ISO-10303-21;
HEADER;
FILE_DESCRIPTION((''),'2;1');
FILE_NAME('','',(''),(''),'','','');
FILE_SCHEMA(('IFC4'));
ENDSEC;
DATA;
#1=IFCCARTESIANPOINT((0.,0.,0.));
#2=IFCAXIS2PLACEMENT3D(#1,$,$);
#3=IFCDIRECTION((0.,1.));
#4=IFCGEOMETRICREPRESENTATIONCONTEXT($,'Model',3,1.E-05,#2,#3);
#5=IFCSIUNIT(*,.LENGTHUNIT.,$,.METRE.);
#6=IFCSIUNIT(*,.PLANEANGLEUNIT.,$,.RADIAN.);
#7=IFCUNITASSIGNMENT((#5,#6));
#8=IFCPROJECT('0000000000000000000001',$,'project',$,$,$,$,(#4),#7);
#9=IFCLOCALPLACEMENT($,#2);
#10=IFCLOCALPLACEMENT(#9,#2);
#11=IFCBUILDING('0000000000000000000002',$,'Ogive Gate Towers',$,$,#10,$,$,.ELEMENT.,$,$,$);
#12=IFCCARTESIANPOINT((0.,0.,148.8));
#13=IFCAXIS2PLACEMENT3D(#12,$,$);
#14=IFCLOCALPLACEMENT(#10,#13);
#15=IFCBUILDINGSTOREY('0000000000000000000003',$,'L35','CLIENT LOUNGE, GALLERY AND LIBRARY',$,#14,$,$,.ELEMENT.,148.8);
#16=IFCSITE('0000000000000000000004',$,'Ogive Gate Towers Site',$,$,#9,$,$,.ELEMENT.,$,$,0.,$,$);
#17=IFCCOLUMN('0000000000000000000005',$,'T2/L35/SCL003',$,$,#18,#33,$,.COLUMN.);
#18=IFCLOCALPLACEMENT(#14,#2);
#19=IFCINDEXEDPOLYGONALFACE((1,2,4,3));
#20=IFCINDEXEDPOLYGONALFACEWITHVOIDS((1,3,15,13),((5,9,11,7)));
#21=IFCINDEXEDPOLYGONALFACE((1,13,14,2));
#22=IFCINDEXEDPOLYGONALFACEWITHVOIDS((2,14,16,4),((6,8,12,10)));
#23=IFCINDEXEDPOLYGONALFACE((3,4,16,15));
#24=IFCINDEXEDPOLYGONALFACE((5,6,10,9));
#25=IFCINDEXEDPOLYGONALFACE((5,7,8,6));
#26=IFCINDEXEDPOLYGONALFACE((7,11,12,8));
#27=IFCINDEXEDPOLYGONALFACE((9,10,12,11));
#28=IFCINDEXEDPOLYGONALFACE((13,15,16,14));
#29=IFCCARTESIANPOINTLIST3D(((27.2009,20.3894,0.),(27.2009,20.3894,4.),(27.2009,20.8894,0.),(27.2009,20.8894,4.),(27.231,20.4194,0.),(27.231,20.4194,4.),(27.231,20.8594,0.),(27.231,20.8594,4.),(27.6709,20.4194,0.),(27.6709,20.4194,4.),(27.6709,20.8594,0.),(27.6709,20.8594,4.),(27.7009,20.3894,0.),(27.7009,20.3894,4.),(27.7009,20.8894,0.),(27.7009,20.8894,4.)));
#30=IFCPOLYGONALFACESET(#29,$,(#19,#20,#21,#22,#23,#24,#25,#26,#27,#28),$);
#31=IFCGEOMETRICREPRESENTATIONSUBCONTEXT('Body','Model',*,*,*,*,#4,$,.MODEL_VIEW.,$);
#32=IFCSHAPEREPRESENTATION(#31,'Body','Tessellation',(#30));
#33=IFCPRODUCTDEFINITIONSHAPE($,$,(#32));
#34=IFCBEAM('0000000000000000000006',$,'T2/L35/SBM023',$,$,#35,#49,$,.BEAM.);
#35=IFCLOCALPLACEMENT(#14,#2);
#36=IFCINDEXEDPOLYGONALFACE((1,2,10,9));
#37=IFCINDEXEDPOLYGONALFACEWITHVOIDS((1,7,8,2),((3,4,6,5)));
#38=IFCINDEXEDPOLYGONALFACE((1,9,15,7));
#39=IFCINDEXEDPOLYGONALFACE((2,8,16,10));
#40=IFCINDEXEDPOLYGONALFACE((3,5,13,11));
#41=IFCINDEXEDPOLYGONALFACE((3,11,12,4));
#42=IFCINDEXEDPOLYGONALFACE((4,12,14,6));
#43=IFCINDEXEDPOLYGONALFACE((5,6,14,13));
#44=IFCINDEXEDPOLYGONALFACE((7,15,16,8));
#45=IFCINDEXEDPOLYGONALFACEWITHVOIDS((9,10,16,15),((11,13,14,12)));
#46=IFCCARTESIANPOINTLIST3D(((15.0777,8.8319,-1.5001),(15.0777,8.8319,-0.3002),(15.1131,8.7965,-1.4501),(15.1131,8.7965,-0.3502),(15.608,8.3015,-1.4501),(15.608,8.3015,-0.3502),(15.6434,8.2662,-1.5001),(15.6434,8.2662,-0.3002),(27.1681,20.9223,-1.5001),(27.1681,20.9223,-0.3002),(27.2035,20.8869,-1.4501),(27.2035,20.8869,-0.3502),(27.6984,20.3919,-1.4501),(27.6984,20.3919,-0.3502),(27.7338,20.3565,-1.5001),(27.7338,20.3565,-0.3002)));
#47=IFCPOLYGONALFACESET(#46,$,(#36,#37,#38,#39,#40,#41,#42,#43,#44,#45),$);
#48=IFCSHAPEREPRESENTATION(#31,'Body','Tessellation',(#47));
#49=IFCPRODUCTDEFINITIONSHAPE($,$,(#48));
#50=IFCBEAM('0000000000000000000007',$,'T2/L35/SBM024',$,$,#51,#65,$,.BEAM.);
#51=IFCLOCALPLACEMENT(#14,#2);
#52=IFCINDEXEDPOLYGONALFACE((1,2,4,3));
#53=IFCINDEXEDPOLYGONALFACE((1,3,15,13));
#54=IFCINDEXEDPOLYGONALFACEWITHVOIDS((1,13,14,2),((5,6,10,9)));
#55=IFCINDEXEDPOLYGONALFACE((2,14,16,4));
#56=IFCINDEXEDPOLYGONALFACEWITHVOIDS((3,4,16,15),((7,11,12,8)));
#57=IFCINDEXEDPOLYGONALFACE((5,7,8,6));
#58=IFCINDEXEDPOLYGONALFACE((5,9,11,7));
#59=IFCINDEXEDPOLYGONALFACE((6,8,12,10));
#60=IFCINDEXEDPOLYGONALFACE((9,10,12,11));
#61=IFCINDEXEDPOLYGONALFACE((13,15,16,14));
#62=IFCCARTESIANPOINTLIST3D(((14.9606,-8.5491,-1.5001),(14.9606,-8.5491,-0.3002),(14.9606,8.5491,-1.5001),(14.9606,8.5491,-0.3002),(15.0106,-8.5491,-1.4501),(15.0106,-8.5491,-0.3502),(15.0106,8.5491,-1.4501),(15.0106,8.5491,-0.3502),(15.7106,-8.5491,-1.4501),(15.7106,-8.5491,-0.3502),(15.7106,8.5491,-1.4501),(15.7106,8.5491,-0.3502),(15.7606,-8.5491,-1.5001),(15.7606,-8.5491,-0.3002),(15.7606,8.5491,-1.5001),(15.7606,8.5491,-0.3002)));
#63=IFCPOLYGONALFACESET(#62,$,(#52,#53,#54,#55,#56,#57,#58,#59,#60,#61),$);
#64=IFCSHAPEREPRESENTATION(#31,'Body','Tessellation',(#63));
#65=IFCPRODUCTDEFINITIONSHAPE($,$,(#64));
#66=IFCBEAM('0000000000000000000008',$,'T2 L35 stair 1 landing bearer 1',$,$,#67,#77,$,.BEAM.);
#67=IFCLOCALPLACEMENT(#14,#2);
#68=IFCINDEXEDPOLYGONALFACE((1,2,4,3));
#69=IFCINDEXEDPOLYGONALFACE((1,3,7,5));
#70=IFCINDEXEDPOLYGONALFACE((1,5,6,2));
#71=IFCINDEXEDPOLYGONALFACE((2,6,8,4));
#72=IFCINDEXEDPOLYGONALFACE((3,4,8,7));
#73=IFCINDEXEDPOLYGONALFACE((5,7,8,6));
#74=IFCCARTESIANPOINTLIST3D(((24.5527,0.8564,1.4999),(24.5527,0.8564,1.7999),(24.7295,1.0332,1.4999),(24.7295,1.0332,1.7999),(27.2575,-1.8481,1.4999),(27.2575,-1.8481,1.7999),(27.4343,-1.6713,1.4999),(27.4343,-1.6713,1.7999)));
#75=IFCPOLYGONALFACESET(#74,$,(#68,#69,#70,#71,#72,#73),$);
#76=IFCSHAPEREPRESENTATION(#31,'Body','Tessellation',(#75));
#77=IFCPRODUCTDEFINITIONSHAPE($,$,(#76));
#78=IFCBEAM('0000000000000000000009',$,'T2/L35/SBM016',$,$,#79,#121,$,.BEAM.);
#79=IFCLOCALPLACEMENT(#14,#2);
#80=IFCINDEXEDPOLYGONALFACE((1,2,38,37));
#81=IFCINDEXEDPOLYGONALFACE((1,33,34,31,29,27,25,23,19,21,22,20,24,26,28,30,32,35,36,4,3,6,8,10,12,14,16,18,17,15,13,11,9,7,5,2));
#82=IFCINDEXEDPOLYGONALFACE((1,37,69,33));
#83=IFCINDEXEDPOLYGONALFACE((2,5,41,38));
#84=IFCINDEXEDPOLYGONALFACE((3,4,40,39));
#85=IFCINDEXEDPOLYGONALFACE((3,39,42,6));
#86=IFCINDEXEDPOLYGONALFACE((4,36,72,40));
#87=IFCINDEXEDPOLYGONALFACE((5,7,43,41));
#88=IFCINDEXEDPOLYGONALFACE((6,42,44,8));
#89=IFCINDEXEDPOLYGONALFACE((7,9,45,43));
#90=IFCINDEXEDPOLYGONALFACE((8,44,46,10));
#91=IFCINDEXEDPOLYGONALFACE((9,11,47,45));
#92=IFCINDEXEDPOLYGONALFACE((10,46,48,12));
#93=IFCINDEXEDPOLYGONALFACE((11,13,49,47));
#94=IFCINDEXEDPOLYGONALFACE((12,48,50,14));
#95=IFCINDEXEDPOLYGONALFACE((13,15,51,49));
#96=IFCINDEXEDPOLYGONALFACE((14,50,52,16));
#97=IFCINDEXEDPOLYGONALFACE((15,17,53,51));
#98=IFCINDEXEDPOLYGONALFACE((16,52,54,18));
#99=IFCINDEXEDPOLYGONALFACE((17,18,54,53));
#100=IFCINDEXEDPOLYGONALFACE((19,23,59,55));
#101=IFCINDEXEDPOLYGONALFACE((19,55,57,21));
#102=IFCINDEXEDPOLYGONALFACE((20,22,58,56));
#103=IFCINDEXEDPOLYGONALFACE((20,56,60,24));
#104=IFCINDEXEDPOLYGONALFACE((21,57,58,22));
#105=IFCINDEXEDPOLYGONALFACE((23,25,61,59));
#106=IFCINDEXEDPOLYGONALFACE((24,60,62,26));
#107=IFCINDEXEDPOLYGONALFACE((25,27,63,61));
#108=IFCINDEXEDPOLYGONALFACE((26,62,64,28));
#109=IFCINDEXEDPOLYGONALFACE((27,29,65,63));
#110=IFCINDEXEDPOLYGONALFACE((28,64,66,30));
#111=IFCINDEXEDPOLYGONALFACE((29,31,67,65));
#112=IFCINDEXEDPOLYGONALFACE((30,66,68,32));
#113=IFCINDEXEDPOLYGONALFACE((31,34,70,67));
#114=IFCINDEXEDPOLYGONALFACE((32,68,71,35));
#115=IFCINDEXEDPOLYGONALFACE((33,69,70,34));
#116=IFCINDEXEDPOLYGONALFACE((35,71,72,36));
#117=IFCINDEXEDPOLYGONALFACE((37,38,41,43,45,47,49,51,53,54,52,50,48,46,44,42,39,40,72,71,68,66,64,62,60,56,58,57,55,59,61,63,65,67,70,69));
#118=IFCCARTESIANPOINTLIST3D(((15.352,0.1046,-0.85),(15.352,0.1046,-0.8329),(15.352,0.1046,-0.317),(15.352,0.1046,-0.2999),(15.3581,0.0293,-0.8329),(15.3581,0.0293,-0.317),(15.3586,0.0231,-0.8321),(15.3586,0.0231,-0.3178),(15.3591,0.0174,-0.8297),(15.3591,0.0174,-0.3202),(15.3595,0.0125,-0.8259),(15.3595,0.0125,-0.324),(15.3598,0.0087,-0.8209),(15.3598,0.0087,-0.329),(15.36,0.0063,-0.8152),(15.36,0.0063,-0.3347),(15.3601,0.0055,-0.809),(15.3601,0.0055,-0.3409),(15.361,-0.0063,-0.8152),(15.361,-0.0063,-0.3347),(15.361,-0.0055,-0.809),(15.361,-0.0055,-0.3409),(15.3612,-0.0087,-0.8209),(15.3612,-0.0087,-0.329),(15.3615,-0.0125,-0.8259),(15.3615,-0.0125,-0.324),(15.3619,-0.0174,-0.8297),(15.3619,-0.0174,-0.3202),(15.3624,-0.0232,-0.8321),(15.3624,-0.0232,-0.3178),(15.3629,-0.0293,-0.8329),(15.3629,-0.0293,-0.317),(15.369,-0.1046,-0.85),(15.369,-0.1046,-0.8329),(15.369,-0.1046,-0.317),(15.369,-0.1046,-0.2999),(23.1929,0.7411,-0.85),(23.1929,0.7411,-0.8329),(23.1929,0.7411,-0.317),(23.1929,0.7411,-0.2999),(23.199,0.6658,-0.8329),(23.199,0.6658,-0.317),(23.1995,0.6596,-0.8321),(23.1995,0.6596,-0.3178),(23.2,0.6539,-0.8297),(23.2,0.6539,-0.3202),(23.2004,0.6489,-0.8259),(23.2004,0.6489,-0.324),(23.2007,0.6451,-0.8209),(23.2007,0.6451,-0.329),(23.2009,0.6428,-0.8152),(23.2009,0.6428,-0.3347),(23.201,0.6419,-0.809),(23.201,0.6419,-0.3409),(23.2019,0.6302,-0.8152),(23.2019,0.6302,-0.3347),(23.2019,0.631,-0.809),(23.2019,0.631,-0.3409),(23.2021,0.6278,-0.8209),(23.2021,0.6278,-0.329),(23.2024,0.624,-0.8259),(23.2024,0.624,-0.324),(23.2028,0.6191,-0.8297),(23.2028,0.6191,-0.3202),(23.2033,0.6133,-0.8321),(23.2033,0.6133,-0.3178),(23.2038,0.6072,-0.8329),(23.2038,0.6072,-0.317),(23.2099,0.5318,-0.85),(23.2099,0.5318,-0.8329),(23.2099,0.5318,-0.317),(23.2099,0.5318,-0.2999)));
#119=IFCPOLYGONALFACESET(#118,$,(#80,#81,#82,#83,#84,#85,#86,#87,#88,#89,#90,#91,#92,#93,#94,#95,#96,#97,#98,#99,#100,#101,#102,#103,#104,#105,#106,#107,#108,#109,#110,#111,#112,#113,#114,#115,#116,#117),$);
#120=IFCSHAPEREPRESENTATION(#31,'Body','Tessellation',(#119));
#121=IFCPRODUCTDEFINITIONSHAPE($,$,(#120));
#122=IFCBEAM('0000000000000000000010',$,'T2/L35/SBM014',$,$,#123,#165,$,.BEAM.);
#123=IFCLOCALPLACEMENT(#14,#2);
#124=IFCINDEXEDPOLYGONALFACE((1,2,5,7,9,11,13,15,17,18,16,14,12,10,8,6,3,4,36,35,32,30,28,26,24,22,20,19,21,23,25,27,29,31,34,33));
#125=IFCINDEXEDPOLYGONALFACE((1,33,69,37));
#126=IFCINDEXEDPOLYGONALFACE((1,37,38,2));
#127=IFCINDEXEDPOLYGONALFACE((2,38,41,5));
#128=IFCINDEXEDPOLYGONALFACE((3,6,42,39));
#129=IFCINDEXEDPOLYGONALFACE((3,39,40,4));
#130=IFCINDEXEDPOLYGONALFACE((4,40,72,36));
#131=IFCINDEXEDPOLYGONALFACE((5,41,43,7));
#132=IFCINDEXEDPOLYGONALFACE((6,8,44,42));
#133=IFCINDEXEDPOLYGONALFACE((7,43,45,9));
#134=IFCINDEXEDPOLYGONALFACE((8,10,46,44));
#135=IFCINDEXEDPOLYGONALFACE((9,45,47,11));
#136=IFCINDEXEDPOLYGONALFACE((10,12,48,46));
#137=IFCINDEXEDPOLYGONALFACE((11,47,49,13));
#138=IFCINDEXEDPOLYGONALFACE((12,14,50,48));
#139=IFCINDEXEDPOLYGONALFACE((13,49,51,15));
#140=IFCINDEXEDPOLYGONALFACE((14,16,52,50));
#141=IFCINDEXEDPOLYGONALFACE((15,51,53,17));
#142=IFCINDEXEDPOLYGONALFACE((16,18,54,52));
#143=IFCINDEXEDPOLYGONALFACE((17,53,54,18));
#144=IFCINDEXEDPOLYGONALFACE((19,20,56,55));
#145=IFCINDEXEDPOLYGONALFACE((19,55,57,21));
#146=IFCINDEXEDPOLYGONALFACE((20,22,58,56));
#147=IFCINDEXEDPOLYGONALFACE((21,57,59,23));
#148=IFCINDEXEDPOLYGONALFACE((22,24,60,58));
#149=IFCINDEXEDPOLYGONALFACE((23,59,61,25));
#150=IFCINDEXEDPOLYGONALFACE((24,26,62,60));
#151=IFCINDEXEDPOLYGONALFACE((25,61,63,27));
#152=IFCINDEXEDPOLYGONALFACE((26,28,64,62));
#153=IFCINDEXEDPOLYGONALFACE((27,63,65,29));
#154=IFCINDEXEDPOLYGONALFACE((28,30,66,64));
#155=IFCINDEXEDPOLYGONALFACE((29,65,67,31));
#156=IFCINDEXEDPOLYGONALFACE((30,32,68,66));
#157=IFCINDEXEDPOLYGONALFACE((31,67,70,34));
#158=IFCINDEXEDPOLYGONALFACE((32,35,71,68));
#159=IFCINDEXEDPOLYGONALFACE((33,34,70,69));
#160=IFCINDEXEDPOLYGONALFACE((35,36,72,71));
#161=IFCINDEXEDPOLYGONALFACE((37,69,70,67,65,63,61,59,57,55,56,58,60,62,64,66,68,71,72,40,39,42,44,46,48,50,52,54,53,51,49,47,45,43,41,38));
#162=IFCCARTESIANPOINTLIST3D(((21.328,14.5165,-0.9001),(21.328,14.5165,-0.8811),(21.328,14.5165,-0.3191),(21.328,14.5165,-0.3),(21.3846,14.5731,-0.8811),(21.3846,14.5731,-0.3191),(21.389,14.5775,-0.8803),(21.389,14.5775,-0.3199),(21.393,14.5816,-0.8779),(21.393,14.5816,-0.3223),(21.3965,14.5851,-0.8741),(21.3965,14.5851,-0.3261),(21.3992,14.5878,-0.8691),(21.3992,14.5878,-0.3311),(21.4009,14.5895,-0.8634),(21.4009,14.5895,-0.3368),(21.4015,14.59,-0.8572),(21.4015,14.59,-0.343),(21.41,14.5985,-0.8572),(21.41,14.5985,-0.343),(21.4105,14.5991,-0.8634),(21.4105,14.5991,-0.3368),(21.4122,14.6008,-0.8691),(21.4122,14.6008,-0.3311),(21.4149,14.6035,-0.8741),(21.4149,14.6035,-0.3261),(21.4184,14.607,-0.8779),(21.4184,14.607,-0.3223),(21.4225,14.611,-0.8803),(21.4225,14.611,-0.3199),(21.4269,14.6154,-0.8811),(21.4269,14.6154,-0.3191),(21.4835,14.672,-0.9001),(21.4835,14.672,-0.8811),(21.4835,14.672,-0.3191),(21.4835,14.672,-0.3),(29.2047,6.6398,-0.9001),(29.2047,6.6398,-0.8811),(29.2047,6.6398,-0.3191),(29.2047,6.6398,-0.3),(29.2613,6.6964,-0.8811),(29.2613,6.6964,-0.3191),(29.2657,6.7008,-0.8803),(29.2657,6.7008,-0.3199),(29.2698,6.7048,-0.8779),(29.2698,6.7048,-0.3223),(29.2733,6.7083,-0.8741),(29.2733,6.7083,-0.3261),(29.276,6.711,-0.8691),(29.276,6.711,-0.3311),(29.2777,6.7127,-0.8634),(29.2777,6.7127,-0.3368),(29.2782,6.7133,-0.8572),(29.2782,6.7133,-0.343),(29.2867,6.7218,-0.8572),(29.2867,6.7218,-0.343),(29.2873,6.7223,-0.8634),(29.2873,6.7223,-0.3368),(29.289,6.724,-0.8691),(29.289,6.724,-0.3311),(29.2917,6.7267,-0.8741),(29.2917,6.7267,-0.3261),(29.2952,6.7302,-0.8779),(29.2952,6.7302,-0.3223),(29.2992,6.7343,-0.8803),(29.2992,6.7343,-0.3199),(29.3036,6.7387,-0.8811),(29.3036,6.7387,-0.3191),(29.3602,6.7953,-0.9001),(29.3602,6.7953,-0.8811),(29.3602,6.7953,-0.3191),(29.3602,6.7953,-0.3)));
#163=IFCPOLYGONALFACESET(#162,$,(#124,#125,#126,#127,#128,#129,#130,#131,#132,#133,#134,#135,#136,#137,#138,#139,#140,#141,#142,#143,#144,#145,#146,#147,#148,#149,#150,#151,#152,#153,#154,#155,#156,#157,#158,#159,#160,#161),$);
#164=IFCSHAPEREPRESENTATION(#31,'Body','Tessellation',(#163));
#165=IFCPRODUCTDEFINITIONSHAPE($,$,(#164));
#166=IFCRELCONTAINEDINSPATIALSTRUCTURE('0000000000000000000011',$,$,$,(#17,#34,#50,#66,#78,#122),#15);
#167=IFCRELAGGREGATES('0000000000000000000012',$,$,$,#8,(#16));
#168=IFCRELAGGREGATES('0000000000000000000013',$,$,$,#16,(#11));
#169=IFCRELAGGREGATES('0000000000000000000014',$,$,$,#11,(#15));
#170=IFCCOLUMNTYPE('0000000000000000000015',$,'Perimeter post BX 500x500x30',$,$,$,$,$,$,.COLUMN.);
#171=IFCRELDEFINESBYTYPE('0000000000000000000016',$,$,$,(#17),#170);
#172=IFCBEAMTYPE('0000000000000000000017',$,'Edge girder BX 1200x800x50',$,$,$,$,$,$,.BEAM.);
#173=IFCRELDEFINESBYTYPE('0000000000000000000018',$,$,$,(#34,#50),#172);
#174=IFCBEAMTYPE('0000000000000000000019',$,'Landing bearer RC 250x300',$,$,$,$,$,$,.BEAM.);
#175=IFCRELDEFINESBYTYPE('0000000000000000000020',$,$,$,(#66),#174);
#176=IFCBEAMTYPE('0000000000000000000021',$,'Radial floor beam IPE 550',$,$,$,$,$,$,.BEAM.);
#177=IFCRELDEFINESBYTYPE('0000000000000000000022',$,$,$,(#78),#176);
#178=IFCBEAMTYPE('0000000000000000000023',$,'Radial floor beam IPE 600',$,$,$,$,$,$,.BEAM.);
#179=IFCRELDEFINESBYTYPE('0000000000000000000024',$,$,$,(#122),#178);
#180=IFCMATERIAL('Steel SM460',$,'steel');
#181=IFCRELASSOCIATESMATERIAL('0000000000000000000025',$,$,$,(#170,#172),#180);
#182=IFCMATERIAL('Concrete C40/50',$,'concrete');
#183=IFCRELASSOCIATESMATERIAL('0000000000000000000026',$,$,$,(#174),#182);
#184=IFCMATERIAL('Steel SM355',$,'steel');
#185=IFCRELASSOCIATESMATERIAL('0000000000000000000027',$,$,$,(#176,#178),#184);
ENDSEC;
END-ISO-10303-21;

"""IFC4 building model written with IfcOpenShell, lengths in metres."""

from ifc_helpers import new_model, si_unit, direction, frame, origin, origin_2d, place, context, subcontext, project, spatial, rectangle, hollow_rectangle, i_section, extrude, material, material_profile, profile_set, type_object, element, save


model = new_model("IFC4")

# Units and contexts
model_context = context("Model", 3, precision=1e-05, world=origin(), true_north=direction((0.0, 1.0)))
body_context = subcontext(model_context, "Body", "Model", "MODEL_VIEW")
ifc_project = project(units=[si_unit("LENGTHUNIT", "METRE"), si_unit("PLANEANGLEUNIT", "RADIAN")], contexts=[model_context])

# Site, building, storey
site_placement = place(None, origin())
site = spatial("IfcSite", under=ifc_project, at=site_placement, Name="Ogive Gate Towers Site", CompositionType="ELEMENT", RefElevation=0.0)
building_placement = place(site_placement, origin())
building = spatial("IfcBuilding", under=site, at=building_placement, Name="Ogive Gate Towers", CompositionType="ELEMENT")
storey_placement = place(building_placement, frame((0.0, 0.0, 148.8)))
storey = spatial("IfcBuildingStorey", under=building, at=storey_placement, Name="L35", Description="CLIENT LOUNGE, GALLERY AND LIBRARY", CompositionType="ELEMENT", Elevation=148.8)

# Column
ifc_material_1 = material(Name="Steel SM460", Category="steel")
ifc_material_profile_1 = material_profile(ifc_material_1, hollow_rectangle(XDim=0.5, YDim=0.5, WallThickness=0.03, at=origin_2d()), Name="BX 500x500x30")
ifc_profile_set_1 = profile_set([ifc_material_profile_1], Name="Steel SM460")
column_type = type_object("IfcColumnType", Name="Perimeter post BX 500x500x30", PredefinedType="COLUMN", material=ifc_profile_set_1)
column_placement = place(storey_placement, frame((27.4509, 20.6394, 0.0), z_axis=(0.0, 0.0, 1.0), x_axis=(1.0, 0.0, 0.0)))
element("IfcColumn", 1, at=column_placement, inside=storey, type_object=column_type, Name="T2/L35/SCL003", PredefinedType="COLUMN", context=body_context, shape_type="SweptSolid", body=[
    extrude(hollow_rectangle(XDim=0.5, YDim=0.5, WallThickness=0.03, at=origin_2d()), origin(), (0.0, 0.0, 1.0), 4.0),
])

# Beams
ifc_material_profile_2 = material_profile(ifc_material_1, hollow_rectangle(XDim=0.8, YDim=1.2, WallThickness=0.05, at=origin_2d()), Name="BX 1200x800x50")
ifc_profile_set_2 = profile_set([ifc_material_profile_2], Name="Steel SM460")
beam_type_1 = type_object("IfcBeamType", Name="Edge girder BX 1200x800x50", PredefinedType="BEAM", material=ifc_profile_set_2)
beam_1_placement = place(storey_placement, frame((27.4509, 20.6394, -0.9001), z_axis=(-0.707107, -0.707107, 0.0), x_axis=(0.707107, -0.707107, 0.0)))
element("IfcBeam", 2, at=beam_1_placement, inside=storey, type_object=beam_type_1, Name="T2/L35/SBM023", PredefinedType="BEAM", context=body_context, shape_type="SweptSolid", body=[
    extrude(hollow_rectangle(XDim=0.8, YDim=1.2, WallThickness=0.05, at=origin_2d()), origin(), (0.0, 0.0, 1.0), 17.0984),
])
beam_2_placement = place(storey_placement, frame((15.3606, 8.5491, -0.9001), z_axis=(0.0, -1.0, 0.0), x_axis=(1.0, 0.0, 0.0)))
element("IfcBeam", 3, at=beam_2_placement, inside=storey, type_object=beam_type_1, Name="T2/L35/SBM024", PredefinedType="BEAM", context=body_context, shape_type="SweptSolid", body=[
    extrude(hollow_rectangle(XDim=0.8, YDim=1.2, WallThickness=0.05, at=origin_2d()), origin(), (0.0, 0.0, 1.0), 17.0981),
])
ifc_material_2 = material(Name="Concrete C40/50", Category="concrete")
ifc_material_profile_3 = material_profile(ifc_material_2, rectangle(XDim=0.25, YDim=0.3, at=origin_2d()), Name="RC 250x300")
ifc_profile_set_3 = profile_set([ifc_material_profile_3], Name="Concrete C40/50")
beam_type_2 = type_object("IfcBeamType", Name="Landing bearer RC 250x300", PredefinedType="BEAM", material=ifc_profile_set_3)
beam_3_placement = place(storey_placement, frame((24.6411, 0.9448, 1.6499), z_axis=(0.707139, -0.707075, 0.0), x_axis=(0.707075, 0.707139, 0.0)))
element("IfcBeam", 4, at=beam_3_placement, inside=storey, type_object=beam_type_2, Name="T2 L35 stair 1 landing bearer 1", PredefinedType="BEAM", context=body_context, shape_type="SweptSolid", body=[
    extrude(rectangle(XDim=0.25, YDim=0.3, at=origin_2d()), origin(), (0.0, 0.0, 1.0), 3.825),
])
ifc_material_3 = material(Name="Steel SM355", Category="steel")
ifc_material_profile_4 = material_profile(ifc_material_3, i_section(OverallWidth=0.21, OverallDepth=0.55, WebThickness=0.011, FlangeThickness=0.0171, FilletRadius=0.0239, at=origin_2d()), Name="IPE 550")
ifc_profile_set_4 = profile_set([ifc_material_profile_4], Name="Steel SM355")
beam_type_3 = type_object("IfcBeamType", Name="Radial floor beam IPE 550", PredefinedType="BEAM", material=ifc_profile_set_4)
beam_4_placement = place(storey_placement, frame((23.2014, 0.6365, -0.575), z_axis=(-0.996722, -0.080908, 0.0), x_axis=(0.080908, -0.996722, 0.0)))
element("IfcBeam", 5, at=beam_4_placement, inside=storey, type_object=beam_type_3, Name="T2/L35/SBM016", PredefinedType="BEAM", context=body_context, shape_type="SweptSolid", body=[
    extrude(i_section(OverallWidth=0.21, OverallDepth=0.55, WebThickness=0.011, FlangeThickness=0.0171, FilletRadius=0.0239, at=origin_2d()), origin(), (0.0, 0.0, 1.0), 7.8667),
])
ifc_material_profile_5 = material_profile(ifc_material_3, i_section(OverallWidth=0.22, OverallDepth=0.6001, WebThickness=0.012, FlangeThickness=0.019, FilletRadius=0.0239, at=origin_2d()), Name="IPE 600")
ifc_profile_set_5 = profile_set([ifc_material_profile_5], Name="Steel SM355")
beam_type_4 = type_object("IfcBeamType", Name="Radial floor beam IPE 600", PredefinedType="BEAM", material=ifc_profile_set_5)
beam_5_placement = place(storey_placement, frame((29.2825, 6.7175, -0.6001), z_axis=(-0.707107, 0.707107, 0.0), x_axis=(-0.707107, -0.707107, 0.0)))
element("IfcBeam", 6, at=beam_5_placement, inside=storey, type_object=beam_type_4, Name="T2/L35/SBM014", PredefinedType="BEAM", context=body_context, shape_type="SweptSolid", body=[
    extrude(i_section(OverallWidth=0.22, OverallDepth=0.6001, WebThickness=0.012, FlangeThickness=0.019, FilletRadius=0.0239, at=origin_2d()), origin(), (0.0, 0.0, 1.0), 11.1394),
])

save(model, "model.ifc")
